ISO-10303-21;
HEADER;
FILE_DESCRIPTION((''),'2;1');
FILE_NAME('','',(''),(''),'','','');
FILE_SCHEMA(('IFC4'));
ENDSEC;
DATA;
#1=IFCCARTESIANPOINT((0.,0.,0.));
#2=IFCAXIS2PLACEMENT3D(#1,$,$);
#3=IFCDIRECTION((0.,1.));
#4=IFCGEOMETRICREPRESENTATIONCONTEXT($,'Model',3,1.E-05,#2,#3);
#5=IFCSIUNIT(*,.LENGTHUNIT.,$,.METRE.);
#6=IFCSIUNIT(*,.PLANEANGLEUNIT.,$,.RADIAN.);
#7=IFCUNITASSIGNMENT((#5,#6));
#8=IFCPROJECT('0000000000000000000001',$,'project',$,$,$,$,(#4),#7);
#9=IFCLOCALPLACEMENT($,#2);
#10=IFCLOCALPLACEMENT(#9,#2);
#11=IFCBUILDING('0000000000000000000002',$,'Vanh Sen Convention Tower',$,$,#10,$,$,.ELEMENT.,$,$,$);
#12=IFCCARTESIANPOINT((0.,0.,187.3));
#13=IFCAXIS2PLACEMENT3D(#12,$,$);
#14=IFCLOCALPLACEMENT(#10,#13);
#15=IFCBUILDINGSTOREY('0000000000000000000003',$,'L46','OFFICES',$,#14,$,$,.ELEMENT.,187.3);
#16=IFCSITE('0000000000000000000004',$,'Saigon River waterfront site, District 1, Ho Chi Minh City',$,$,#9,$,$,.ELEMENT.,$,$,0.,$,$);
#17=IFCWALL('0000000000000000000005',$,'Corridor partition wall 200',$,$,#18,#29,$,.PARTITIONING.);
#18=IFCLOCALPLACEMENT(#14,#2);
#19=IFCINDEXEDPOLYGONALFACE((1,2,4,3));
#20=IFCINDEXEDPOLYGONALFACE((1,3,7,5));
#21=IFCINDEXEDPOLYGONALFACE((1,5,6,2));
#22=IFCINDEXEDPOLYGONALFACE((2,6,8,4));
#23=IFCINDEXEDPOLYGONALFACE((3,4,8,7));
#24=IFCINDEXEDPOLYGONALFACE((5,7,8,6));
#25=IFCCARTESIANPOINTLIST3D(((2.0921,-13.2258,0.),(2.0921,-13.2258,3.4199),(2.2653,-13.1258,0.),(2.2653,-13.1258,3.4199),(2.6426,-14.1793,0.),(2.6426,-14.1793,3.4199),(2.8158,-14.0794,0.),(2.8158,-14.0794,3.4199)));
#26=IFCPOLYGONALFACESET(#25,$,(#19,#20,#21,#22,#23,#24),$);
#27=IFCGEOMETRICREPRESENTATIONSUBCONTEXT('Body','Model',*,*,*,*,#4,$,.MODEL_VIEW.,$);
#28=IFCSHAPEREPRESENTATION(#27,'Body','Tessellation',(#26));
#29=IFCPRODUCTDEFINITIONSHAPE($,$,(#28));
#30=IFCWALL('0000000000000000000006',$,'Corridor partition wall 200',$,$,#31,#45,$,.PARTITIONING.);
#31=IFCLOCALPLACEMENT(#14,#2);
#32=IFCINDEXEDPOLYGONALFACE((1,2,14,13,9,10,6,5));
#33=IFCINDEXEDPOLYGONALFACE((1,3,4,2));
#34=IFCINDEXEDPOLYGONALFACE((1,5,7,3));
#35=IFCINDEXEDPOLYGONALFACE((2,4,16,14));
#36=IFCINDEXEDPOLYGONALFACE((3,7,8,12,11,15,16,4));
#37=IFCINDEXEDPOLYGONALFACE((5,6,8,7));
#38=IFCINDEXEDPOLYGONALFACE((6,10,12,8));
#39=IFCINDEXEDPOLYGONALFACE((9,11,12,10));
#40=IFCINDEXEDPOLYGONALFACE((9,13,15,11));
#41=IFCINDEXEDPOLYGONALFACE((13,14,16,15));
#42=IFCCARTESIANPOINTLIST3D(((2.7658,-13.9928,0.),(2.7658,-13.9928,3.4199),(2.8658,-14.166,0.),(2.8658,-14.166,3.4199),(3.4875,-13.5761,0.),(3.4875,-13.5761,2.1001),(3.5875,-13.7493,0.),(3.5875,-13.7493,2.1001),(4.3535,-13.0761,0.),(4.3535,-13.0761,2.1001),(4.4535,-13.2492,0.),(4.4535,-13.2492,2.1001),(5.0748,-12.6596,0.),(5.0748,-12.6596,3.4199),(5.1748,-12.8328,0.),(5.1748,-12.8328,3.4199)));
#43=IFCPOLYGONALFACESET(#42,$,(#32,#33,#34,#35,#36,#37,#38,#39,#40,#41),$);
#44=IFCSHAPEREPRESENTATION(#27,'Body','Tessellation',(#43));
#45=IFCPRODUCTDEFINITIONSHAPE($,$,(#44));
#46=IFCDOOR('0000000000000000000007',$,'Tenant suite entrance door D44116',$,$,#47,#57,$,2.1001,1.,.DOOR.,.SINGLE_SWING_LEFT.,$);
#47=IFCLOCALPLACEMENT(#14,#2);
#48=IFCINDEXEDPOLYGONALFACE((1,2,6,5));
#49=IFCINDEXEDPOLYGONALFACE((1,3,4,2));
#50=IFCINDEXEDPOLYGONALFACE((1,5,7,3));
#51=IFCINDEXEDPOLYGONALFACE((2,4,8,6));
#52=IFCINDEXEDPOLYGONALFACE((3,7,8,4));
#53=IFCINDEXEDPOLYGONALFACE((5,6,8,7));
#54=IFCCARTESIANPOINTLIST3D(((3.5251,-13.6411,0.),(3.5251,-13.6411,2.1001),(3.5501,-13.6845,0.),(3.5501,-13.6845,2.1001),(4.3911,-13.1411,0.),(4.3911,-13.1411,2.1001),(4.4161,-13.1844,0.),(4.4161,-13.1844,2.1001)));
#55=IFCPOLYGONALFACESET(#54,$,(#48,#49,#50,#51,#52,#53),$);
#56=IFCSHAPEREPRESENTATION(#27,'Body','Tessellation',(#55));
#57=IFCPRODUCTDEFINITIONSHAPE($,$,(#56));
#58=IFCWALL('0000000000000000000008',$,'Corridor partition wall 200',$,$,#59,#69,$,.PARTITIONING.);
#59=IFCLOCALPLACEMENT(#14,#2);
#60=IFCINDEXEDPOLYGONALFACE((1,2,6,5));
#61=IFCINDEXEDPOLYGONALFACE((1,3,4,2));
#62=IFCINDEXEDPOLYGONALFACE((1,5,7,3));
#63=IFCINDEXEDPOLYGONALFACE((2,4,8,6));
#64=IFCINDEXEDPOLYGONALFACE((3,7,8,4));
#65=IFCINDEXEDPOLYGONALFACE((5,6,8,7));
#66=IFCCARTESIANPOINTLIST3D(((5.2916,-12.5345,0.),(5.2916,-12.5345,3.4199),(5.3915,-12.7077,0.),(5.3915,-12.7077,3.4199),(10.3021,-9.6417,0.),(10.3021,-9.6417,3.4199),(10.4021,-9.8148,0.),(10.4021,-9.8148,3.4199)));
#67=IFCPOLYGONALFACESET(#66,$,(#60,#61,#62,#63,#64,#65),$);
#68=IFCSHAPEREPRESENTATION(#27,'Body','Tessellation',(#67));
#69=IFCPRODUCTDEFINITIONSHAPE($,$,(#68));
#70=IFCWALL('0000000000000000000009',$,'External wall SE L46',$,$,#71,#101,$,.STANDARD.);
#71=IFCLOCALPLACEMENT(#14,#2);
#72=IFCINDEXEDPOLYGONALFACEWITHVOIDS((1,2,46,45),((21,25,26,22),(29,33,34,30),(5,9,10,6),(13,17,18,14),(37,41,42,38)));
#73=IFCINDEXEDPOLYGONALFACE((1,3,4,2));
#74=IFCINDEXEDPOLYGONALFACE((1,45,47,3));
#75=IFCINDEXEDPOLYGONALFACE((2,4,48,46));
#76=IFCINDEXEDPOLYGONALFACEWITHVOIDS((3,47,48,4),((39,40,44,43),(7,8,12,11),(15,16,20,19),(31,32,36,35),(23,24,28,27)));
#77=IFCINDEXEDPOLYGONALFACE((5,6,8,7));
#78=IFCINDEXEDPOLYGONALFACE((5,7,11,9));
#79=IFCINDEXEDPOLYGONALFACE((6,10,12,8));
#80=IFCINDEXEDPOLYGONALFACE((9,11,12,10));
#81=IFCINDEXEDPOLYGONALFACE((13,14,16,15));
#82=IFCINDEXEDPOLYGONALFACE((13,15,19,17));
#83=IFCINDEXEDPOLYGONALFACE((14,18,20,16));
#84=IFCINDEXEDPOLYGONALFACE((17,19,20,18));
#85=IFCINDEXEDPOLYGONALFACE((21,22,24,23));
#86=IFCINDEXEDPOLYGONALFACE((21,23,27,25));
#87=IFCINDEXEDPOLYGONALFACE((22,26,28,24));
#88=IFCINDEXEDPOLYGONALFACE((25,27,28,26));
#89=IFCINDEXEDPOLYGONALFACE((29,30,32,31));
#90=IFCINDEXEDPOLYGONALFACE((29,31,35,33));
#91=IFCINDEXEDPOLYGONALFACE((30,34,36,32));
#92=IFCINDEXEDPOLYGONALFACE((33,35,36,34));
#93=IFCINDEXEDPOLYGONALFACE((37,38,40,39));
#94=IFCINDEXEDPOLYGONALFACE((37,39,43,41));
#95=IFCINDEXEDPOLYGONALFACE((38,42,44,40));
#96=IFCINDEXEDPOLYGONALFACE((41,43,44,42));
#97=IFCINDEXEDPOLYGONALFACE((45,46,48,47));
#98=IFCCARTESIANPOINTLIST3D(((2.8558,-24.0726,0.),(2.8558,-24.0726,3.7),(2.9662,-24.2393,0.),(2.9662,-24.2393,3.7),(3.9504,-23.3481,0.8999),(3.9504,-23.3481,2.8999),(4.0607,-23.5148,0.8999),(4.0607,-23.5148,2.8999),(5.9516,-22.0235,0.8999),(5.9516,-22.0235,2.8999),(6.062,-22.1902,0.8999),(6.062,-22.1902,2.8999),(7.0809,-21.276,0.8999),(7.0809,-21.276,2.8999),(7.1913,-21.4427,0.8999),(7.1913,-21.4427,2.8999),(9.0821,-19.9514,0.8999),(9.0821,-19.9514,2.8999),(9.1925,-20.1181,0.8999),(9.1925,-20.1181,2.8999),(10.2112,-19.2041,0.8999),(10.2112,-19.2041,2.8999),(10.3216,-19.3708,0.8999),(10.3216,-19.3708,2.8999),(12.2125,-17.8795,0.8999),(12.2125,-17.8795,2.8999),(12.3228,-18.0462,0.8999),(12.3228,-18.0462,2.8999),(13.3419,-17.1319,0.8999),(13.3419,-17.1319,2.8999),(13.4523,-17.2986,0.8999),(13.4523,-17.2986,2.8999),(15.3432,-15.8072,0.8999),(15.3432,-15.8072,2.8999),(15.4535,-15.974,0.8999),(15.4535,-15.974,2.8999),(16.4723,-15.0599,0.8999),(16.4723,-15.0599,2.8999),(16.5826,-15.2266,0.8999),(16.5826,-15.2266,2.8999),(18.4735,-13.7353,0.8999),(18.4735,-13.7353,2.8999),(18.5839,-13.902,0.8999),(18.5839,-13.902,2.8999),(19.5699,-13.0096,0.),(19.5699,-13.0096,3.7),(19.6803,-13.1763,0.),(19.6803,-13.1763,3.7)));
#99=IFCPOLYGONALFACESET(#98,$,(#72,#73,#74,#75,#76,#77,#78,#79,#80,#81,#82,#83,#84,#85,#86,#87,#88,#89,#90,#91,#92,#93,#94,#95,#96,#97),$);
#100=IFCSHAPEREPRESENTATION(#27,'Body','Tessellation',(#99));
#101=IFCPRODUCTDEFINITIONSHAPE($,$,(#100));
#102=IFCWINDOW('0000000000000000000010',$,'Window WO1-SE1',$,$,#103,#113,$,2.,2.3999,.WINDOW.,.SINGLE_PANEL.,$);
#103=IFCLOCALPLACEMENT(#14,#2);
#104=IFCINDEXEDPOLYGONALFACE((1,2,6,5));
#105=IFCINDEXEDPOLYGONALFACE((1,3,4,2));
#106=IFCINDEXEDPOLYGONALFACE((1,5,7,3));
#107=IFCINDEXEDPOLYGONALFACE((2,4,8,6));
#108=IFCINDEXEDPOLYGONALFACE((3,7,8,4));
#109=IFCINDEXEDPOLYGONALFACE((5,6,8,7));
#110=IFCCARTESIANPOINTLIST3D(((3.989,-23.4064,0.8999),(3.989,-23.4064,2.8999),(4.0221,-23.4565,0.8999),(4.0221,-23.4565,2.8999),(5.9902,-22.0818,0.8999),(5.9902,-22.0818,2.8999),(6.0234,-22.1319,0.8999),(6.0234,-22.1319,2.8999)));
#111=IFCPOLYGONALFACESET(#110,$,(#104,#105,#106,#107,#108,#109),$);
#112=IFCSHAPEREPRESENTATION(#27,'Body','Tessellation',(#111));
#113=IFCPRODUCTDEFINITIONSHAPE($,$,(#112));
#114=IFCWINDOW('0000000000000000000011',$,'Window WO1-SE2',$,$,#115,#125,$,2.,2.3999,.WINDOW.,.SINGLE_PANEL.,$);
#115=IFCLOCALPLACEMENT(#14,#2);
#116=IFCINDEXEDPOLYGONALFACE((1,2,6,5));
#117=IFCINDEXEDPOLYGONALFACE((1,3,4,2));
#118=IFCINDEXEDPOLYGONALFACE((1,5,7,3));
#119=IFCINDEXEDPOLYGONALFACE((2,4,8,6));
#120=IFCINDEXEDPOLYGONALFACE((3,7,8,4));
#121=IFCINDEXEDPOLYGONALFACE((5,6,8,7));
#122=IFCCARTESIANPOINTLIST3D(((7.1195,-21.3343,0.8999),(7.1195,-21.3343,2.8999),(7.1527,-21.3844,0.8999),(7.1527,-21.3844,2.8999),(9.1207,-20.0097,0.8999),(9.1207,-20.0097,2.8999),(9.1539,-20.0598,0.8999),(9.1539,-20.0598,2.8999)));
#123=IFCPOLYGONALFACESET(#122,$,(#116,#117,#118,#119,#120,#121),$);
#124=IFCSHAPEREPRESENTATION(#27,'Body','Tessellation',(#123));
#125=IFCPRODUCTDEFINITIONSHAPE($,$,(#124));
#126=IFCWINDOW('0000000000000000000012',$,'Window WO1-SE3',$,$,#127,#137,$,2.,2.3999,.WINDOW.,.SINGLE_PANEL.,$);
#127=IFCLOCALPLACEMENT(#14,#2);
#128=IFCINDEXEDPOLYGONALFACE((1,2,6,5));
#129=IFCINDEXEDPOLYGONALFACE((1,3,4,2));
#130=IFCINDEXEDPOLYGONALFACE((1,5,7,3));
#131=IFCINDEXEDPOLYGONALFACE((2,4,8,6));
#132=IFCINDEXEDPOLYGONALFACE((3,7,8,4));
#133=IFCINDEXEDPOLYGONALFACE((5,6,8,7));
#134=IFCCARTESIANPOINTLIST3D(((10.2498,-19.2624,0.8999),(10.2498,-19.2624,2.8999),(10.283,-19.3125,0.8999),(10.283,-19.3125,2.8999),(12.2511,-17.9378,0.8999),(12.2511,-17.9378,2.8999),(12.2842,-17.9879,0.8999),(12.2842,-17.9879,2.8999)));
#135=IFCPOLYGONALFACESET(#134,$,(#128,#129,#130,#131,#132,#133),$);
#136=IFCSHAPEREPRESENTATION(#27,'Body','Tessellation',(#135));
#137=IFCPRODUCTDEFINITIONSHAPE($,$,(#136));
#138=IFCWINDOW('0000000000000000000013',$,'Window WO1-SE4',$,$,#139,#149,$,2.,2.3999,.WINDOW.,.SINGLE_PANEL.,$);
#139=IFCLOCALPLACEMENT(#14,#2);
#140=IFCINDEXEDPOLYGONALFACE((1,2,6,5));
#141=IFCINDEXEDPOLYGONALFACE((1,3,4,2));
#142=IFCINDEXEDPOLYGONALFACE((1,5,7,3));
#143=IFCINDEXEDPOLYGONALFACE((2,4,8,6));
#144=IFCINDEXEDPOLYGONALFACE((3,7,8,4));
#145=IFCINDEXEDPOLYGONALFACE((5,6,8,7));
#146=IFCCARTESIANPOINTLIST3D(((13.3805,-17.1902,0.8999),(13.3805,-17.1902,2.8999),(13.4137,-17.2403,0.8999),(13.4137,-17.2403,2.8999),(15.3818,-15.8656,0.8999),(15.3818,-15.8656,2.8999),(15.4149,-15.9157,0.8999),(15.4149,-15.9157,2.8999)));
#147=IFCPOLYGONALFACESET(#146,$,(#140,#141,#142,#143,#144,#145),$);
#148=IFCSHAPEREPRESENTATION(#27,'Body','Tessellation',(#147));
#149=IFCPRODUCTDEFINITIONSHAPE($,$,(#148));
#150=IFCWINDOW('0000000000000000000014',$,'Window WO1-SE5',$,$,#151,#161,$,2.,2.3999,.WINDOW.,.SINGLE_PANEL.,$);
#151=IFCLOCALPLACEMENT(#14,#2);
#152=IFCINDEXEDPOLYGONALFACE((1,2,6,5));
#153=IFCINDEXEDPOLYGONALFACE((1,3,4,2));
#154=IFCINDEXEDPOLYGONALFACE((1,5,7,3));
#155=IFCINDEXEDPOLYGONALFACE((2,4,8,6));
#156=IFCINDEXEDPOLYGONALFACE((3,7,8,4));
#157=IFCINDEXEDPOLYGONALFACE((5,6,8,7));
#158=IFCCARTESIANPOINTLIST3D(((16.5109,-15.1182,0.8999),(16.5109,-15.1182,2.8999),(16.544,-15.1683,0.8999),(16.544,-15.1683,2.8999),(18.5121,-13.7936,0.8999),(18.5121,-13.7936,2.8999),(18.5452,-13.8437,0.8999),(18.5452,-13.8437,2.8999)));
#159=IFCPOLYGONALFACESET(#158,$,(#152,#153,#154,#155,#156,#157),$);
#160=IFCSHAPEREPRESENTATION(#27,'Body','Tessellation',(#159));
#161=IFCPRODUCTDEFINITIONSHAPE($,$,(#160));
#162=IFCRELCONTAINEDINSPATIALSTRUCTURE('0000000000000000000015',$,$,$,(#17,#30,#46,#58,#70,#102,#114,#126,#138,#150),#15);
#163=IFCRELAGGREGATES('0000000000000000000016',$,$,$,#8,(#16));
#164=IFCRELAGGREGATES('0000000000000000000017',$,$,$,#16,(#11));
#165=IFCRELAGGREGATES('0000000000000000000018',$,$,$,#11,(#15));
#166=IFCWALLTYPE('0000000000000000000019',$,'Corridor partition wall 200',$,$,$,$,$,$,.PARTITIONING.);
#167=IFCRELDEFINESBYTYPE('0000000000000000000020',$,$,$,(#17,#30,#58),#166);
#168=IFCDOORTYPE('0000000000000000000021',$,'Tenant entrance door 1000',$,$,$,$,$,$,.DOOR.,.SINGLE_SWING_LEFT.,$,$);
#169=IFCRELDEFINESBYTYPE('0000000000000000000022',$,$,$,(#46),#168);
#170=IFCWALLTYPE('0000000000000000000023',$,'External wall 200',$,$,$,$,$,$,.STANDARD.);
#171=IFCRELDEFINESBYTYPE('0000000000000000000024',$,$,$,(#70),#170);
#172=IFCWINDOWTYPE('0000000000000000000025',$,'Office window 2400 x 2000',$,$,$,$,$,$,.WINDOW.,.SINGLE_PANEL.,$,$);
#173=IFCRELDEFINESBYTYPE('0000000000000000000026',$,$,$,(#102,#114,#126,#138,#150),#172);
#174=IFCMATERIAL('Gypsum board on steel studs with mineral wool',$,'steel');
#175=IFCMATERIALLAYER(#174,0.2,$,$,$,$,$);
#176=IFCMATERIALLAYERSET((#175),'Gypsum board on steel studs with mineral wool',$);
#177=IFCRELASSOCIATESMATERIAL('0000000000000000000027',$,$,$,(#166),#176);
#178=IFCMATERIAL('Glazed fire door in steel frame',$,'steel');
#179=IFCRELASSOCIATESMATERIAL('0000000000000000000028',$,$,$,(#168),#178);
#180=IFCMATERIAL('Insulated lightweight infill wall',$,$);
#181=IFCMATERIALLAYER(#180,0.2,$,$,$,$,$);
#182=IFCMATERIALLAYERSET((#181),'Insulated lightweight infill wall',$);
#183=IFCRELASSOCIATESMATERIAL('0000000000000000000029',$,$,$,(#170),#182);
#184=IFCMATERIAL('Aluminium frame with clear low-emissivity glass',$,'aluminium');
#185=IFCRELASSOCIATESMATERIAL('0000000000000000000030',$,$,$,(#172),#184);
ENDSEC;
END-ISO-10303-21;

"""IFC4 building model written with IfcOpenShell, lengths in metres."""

from ifc_helpers import new_model, si_unit, direction, frame, frame_2d, origin, place, context, subcontext, project, spatial, rectangle, extrude, material, layer, layer_set, type_object, element, fill, save


model = new_model("IFC4")

# Units and contexts
model_context = context("Model", 3, precision=1e-05, world=origin(), true_north=direction((0.0, 1.0)))
body_context = subcontext(model_context, "Body", "Model", "MODEL_VIEW")
ifc_project = project(units=[si_unit("LENGTHUNIT", "METRE"), si_unit("PLANEANGLEUNIT", "RADIAN")], contexts=[model_context])

# Site, building, storey
site_placement = place(None, origin())
site = spatial("IfcSite", under=ifc_project, at=site_placement, Name="Saigon River waterfront site, District 1, Ho Chi Minh City", CompositionType="ELEMENT", RefElevation=0.0)
building_placement = place(site_placement, origin())
building = spatial("IfcBuilding", under=site, at=building_placement, Name="Vanh Sen Convention Tower", CompositionType="ELEMENT")
storey_placement = place(building_placement, frame((0.0, 0.0, 187.3)))
storey = spatial("IfcBuildingStorey", under=building, at=storey_placement, Name="L46", Description="OFFICES", CompositionType="ELEMENT", Elevation=187.3)

# Wall
ifc_material_1 = material(Name="Gypsum board on steel studs with mineral wool", Category="steel")
ifc_layer_1 = layer(ifc_material_1, 0.2)
ifc_layer_set_1 = layer_set([ifc_layer_1], Name="Gypsum board on steel studs with mineral wool")
wall_type_1 = type_object("IfcWallType", Name="Corridor partition wall 200", PredefinedType="PARTITIONING", material=ifc_layer_set_1)
wall_1_placement = place(storey_placement, frame((2.1787, -13.1758, 0.0), z_axis=(0.0, 0.0, 1.0), x_axis=(0.499978, -0.866038, 0.0)))
element("IfcWall", 1, at=wall_1_placement, inside=storey, type_object=wall_type_1, Name="Corridor partition wall 200", PredefinedType="PARTITIONING", context=body_context, shape_type="SweptSolid", body=[
    extrude(rectangle(XDim=1.1011, YDim=0.2, at=frame_2d((0.5505, 0.0))), origin(), (0.0, 0.0, 1.0), 3.4199),
])

# Wall, opening, door
wall_2_placement = place(storey_placement, frame((2.8159, -14.0793, 0.0), z_axis=(0.0, 0.0, 1.0), x_axis=(0.866009, 0.500029, 0.0)))
wall_2 = element("IfcWall", 2, at=wall_2_placement, inside=storey, type_object=wall_type_1, Name="Corridor partition wall 200", PredefinedType="PARTITIONING", context=body_context, shape_type="SweptSolid", body=[
    extrude(rectangle(XDim=2.6663, YDim=0.2, at=frame_2d((1.333, 0.0))), origin(), (0.0, 0.0, 1.0), 3.4199),
])
opening_1_placement = place(wall_2_placement, frame((0.8333, 0.0, 0.0)))
opening_1 = element("IfcOpeningElement", 3, at=opening_1_placement, cuts=wall_2, PredefinedType="OPENING", context=body_context, shape_type="SweptSolid", body=[
    extrude(rectangle(XDim=1.0, YDim=2.1001, at=frame_2d((0.5, 1.05))), frame((0.0, 0.1099, 0.0), z_axis=(0.0, -1.0, 0.0), x_axis=(1.0, 0.0, 0.0)), (0.0, 0.0, 1.0), 0.22),
])
ifc_material_2 = material(Name="Glazed fire door in steel frame", Category="steel")
door_type = type_object("IfcDoorType", Name="Tenant entrance door 1000", OperationType="SINGLE_SWING_LEFT", PredefinedType="DOOR", material=ifc_material_2)
door_placement = place(opening_1_placement, origin())
door = element("IfcDoor", 4, at=door_placement, inside=storey, type_object=door_type, Name="Tenant suite entrance door D44116", OperationType="SINGLE_SWING_LEFT", OverallHeight=2.1001, OverallWidth=1.0, PredefinedType="DOOR", context=body_context, shape_type="SweptSolid", body=[
    extrude(rectangle(XDim=1.0, YDim=2.1001, at=frame_2d((0.5, 1.05))), frame((0.0, 0.0249, 0.0), z_axis=(0.0, -1.0, 0.0), x_axis=(1.0, 0.0, 0.0)), (0.0, 0.0, 1.0), 0.05),
])
fill(opening_1, door)

# Wall
wall_3_placement = place(storey_placement, frame((5.3416, -12.6211, 0.0), z_axis=(0.0, 0.0, 1.0), x_axis=(0.866025, 0.500001, 0.0)))
element("IfcWall", 5, at=wall_3_placement, inside=storey, type_object=wall_type_1, Name="Corridor partition wall 200", PredefinedType="PARTITIONING", context=body_context, shape_type="SweptSolid", body=[
    extrude(rectangle(XDim=5.7856, YDim=0.2, at=frame_2d((2.8928, 0.0))), origin(), (0.0, 0.0, 1.0), 3.4199),
])

# Wall, openings, windows
ifc_material_3 = material(Name="Insulated lightweight infill wall")
ifc_layer_2 = layer(ifc_material_3, 0.2)
ifc_layer_set_2 = layer_set([ifc_layer_2], Name="Insulated lightweight infill wall")
wall_type_2 = type_object("IfcWallType", Name="External wall 200", PredefinedType="STANDARD", material=ifc_layer_set_2)
wall_4_placement = place(storey_placement, frame((2.9109, -24.156, 0.0), z_axis=(0.0, 0.0, 1.0), x_axis=(0.833882, 0.551943, 0.0)))
wall_4 = element("IfcWall", 6, at=wall_4_placement, inside=storey, type_object=wall_type_2, Name="External wall SE L46", PredefinedType="STANDARD", context=body_context, shape_type="SweptSolid", body=[
    extrude(rectangle(XDim=20.0437, YDim=0.2, at=frame_2d((10.022, 0.0))), origin(), (0.0, 0.0, 1.0), 3.7),
])
opening_2_placement = place(wall_4_placement, frame((1.3127, 0.0, 0.8999)))
opening_2 = element("IfcOpeningElement", 7, at=opening_2_placement, cuts=wall_4, PredefinedType="OPENING", context=body_context, shape_type="SweptSolid", body=[
    extrude(rectangle(XDim=2.3999, YDim=2.0, at=frame_2d((1.2, 1.0))), frame((0.0, 0.1099, 0.0), z_axis=(0.0, -1.0, 0.0), x_axis=(1.0, 0.0, 0.0)), (0.0, 0.0, 1.0), 0.22),
])
opening_3_placement = place(wall_4_placement, frame((5.0669, 0.0, 0.8999)))
opening_3 = element("IfcOpeningElement", 8, at=opening_3_placement, cuts=wall_4, PredefinedType="OPENING", context=body_context, shape_type="SweptSolid", body=[
    extrude(rectangle(XDim=2.3999, YDim=2.0, at=frame_2d((1.2, 1.0))), frame((0.0, 0.1099, 0.0), z_axis=(0.0, -1.0, 0.0), x_axis=(1.0, 0.0, 0.0)), (0.0, 0.0, 1.0), 0.22),
])
opening_4_placement = place(wall_4_placement, frame((8.8208, 0.0, 0.8999)))
opening_4 = element("IfcOpeningElement", 9, at=opening_4_placement, cuts=wall_4, PredefinedType="OPENING", context=body_context, shape_type="SweptSolid", body=[
    extrude(rectangle(XDim=2.3999, YDim=2.0, at=frame_2d((1.2, 1.0))), frame((0.0, 0.1099, 0.0), z_axis=(0.0, -1.0, 0.0), x_axis=(1.0, 0.0, 0.0)), (0.0, 0.0, 1.0), 0.22),
])
opening_5_placement = place(wall_4_placement, frame((12.5752, 0.0, 0.8999)))
opening_5 = element("IfcOpeningElement", 10, at=opening_5_placement, cuts=wall_4, PredefinedType="OPENING", context=body_context, shape_type="SweptSolid", body=[
    extrude(rectangle(XDim=2.3999, YDim=2.0, at=frame_2d((1.2, 1.0))), frame((0.0, 0.1099, 0.0), z_axis=(0.0, -1.0, 0.0), x_axis=(1.0, 0.0, 0.0)), (0.0, 0.0, 1.0), 0.22),
])
opening_6_placement = place(wall_4_placement, frame((16.3291, 0.0, 0.8999)))
opening_6 = element("IfcOpeningElement", 11, at=opening_6_placement, cuts=wall_4, PredefinedType="OPENING", context=body_context, shape_type="SweptSolid", body=[
    extrude(rectangle(XDim=2.3999, YDim=2.0, at=frame_2d((1.2, 1.0))), frame((0.0, 0.1099, 0.0), z_axis=(0.0, -1.0, 0.0), x_axis=(1.0, 0.0, 0.0)), (0.0, 0.0, 1.0), 0.22),
])
ifc_material_4 = material(Name="Aluminium frame with clear low-emissivity glass", Category="aluminium")
window_type = type_object("IfcWindowType", Name="Office window 2400 x 2000", PartitioningType="SINGLE_PANEL", PredefinedType="WINDOW", material=ifc_material_4)
window_1_placement = place(opening_2_placement, origin())
window_1 = element("IfcWindow", 12, at=window_1_placement, inside=storey, type_object=window_type, Name="Window WO1-SE1", OverallHeight=2.0, OverallWidth=2.3999, PartitioningType="SINGLE_PANEL", PredefinedType="WINDOW", context=body_context, shape_type="SweptSolid", body=[
    extrude(rectangle(XDim=2.3999, YDim=2.0, at=frame_2d((1.2, 1.0))), frame((0.0, 0.03, 0.0), z_axis=(0.0, -1.0, 0.0), x_axis=(1.0, 0.0, 0.0)), (0.0, 0.0, 1.0), 0.0601),
])
fill(opening_2, window_1)
window_2_placement = place(opening_3_placement, origin())
window_2 = element("IfcWindow", 13, at=window_2_placement, inside=storey, type_object=window_type, Name="Window WO1-SE2", OverallHeight=2.0, OverallWidth=2.3999, PartitioningType="SINGLE_PANEL", PredefinedType="WINDOW", context=body_context, shape_type="SweptSolid", body=[
    extrude(rectangle(XDim=2.3999, YDim=2.0, at=frame_2d((1.2, 1.0))), frame((0.0, 0.03, 0.0), z_axis=(0.0, -1.0, 0.0), x_axis=(1.0, 0.0, 0.0)), (0.0, 0.0, 1.0), 0.0601),
])
fill(opening_3, window_2)
window_3_placement = place(opening_4_placement, origin())
window_3 = element("IfcWindow", 14, at=window_3_placement, inside=storey, type_object=window_type, Name="Window WO1-SE3", OverallHeight=2.0, OverallWidth=2.3999, PartitioningType="SINGLE_PANEL", PredefinedType="WINDOW", context=body_context, shape_type="SweptSolid", body=[
    extrude(rectangle(XDim=2.3999, YDim=2.0, at=frame_2d((1.2, 1.0))), frame((0.0, 0.03, 0.0), z_axis=(0.0, -1.0, 0.0), x_axis=(1.0, 0.0, 0.0)), (0.0, 0.0, 1.0), 0.0601),
])
fill(opening_4, window_3)
window_4_placement = place(opening_5_placement, origin())
window_4 = element("IfcWindow", 15, at=window_4_placement, inside=storey, type_object=window_type, Name="Window WO1-SE4", OverallHeight=2.0, OverallWidth=2.3999, PartitioningType="SINGLE_PANEL", PredefinedType="WINDOW", context=body_context, shape_type="SweptSolid", body=[
    extrude(rectangle(XDim=2.3999, YDim=2.0, at=frame_2d((1.2, 1.0))), frame((0.0, 0.03, 0.0), z_axis=(0.0, -1.0, 0.0), x_axis=(1.0, 0.0, 0.0)), (0.0, 0.0, 1.0), 0.0601),
])
fill(opening_5, window_4)
window_5_placement = place(opening_6_placement, origin())
window_5 = element("IfcWindow", 16, at=window_5_placement, inside=storey, type_object=window_type, Name="Window WO1-SE5", OverallHeight=2.0, OverallWidth=2.3999, PartitioningType="SINGLE_PANEL", PredefinedType="WINDOW", context=body_context, shape_type="SweptSolid", body=[
    extrude(rectangle(XDim=2.3999, YDim=2.0, at=frame_2d((1.2, 1.0))), frame((0.0, 0.03, 0.0), z_axis=(0.0, -1.0, 0.0), x_axis=(1.0, 0.0, 0.0)), (0.0, 0.0, 1.0), 0.0601),
])
fill(opening_6, window_5)

save(model, "model.ifc")
